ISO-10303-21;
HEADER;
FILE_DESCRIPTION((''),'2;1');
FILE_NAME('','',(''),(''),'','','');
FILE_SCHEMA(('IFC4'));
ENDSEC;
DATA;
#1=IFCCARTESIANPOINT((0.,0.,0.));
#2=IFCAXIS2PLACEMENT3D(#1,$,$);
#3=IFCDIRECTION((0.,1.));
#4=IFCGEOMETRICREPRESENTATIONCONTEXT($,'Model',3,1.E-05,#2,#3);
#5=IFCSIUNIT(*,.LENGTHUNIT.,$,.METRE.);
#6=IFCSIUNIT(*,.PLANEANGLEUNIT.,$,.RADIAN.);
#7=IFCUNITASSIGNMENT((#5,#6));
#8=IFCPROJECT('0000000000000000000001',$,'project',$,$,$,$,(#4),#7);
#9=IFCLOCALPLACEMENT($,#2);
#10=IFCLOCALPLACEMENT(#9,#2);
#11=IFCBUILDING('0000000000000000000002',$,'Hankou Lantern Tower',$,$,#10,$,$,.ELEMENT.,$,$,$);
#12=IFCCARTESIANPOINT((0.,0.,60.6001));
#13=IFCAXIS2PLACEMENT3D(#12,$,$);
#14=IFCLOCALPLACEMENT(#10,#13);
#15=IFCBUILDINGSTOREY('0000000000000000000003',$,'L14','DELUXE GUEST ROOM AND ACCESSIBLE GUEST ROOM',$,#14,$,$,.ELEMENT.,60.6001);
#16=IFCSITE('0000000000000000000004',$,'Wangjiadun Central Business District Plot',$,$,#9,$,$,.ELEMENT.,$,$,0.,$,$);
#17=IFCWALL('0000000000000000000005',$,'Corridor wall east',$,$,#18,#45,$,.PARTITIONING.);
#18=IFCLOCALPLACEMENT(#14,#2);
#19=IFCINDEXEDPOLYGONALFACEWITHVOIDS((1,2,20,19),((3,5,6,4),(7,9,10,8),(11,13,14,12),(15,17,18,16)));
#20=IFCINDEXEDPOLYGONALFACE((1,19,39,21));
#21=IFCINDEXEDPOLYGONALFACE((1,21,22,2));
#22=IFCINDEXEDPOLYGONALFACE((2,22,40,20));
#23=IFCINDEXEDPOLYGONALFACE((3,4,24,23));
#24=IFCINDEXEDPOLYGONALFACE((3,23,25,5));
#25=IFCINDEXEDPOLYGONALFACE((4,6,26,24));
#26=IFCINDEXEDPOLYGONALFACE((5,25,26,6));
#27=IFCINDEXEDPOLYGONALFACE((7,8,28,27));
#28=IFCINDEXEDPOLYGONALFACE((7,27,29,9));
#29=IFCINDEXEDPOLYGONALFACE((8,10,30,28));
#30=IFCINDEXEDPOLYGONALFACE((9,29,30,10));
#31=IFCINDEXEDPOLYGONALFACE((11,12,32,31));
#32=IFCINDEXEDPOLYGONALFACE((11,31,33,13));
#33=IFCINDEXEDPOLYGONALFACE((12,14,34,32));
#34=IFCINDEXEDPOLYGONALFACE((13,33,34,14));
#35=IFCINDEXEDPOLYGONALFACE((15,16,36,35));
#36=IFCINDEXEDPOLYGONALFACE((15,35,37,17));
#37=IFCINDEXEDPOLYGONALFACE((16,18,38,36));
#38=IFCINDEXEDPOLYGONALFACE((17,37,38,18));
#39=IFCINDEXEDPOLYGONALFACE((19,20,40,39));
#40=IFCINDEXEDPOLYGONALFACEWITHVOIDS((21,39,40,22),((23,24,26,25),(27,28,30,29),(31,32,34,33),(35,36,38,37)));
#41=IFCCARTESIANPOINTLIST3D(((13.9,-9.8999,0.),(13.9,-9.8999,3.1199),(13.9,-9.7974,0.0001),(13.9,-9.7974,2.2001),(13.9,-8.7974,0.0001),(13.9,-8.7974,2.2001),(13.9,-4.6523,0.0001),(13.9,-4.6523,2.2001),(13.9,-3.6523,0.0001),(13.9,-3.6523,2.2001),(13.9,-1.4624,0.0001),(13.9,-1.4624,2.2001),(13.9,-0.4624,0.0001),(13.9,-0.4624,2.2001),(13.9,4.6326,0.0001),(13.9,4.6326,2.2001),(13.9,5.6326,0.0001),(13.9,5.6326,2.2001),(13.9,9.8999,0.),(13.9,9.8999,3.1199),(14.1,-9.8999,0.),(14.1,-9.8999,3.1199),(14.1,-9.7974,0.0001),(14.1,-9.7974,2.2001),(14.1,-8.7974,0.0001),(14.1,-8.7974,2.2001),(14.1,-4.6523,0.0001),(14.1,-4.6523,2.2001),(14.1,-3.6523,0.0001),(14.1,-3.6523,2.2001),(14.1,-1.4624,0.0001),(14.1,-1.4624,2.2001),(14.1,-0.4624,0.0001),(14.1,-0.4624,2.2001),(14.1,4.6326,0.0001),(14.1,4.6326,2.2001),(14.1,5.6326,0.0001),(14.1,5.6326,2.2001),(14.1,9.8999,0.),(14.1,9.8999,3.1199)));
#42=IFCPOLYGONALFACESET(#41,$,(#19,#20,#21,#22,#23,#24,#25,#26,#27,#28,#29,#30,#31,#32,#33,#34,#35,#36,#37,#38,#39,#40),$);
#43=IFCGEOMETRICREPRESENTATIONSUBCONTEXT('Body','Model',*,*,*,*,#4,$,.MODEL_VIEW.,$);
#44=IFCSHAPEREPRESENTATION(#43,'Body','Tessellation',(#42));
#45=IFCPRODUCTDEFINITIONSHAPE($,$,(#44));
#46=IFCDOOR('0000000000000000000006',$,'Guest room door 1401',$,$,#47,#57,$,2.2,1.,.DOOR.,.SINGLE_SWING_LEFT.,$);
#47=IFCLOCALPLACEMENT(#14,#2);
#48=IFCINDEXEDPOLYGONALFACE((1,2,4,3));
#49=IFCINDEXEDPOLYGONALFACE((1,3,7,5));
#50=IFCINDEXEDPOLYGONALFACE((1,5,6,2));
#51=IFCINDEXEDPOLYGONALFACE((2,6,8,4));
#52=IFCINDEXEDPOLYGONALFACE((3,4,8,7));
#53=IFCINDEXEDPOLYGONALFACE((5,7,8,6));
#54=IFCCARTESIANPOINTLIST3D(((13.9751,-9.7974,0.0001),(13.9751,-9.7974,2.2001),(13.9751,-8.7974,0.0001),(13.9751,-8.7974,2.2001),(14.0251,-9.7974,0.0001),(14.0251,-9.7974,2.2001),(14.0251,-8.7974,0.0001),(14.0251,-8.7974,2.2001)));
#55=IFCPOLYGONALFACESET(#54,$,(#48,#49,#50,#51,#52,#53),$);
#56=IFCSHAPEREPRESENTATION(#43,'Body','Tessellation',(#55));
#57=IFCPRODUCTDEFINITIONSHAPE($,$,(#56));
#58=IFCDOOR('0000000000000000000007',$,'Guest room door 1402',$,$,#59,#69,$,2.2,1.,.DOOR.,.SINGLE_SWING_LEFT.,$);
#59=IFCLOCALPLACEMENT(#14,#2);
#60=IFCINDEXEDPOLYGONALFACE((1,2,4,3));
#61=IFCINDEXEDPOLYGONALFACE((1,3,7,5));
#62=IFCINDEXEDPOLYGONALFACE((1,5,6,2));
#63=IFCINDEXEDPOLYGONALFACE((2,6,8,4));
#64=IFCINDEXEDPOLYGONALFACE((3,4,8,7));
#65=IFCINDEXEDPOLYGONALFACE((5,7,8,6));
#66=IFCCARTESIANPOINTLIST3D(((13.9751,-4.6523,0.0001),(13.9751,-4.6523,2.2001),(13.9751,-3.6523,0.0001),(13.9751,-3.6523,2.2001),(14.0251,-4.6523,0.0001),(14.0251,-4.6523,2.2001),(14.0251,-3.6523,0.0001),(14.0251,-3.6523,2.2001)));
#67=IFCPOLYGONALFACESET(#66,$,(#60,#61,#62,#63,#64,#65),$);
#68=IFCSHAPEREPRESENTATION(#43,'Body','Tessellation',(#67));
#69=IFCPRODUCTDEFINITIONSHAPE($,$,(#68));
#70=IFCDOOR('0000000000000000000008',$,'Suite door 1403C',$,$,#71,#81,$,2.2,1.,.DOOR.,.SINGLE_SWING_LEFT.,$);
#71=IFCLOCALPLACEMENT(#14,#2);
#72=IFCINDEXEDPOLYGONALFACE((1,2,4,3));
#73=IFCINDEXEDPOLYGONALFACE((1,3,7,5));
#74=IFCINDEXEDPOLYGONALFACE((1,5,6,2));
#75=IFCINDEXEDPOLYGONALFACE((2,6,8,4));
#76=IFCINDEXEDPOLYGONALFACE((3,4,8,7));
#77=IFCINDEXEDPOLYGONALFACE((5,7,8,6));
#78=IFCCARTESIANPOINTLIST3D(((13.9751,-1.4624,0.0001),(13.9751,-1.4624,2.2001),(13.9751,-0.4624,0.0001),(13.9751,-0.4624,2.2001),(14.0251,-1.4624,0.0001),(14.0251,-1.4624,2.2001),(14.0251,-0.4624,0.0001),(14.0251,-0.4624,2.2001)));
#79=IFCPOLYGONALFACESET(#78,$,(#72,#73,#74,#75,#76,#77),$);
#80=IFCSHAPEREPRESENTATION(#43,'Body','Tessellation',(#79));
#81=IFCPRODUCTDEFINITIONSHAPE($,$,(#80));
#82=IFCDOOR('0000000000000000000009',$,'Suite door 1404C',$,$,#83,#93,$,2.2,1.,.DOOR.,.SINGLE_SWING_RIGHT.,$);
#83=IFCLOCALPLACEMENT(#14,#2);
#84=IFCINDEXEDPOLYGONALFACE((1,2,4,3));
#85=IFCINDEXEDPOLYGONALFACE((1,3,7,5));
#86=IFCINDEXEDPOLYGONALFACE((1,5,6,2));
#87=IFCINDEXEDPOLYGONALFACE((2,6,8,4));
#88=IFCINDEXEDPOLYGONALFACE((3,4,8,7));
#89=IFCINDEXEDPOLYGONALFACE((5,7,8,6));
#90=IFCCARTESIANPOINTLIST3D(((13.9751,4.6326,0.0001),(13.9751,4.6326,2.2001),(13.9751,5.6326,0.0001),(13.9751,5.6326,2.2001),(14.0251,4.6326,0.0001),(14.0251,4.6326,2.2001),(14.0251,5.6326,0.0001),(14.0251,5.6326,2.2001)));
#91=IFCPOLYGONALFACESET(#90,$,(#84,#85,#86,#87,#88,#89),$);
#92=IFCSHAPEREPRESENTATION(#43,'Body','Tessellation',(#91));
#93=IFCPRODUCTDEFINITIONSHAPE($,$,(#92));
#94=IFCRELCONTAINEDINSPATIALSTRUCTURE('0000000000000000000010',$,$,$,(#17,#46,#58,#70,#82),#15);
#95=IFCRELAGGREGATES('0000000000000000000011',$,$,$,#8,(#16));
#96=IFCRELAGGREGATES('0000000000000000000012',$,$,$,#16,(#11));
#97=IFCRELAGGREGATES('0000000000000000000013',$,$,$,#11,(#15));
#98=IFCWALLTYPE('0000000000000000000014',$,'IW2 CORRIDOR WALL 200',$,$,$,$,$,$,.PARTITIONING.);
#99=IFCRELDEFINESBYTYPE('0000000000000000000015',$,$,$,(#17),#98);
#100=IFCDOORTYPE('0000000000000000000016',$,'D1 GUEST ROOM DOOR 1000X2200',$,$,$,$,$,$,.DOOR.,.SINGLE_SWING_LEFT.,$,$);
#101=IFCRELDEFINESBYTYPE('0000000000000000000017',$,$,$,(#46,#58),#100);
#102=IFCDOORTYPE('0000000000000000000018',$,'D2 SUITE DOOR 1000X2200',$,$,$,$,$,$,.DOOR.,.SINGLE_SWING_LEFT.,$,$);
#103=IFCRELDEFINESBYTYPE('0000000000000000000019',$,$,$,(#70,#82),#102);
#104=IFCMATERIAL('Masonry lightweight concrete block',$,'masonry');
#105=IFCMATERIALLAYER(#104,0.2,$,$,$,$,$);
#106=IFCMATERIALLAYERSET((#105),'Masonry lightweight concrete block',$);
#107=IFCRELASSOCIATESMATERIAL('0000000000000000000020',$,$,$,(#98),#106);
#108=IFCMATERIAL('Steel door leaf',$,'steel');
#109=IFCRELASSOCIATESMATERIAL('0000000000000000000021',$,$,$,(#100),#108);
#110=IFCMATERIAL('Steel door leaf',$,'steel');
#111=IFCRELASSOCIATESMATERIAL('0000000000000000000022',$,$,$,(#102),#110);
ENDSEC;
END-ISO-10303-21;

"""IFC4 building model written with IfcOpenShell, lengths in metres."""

from ifc_helpers import new_model, si_unit, direction, frame, frame_2d, origin, place, context, subcontext, project, spatial, rectangle, extrude, material, layer, layer_set, type_object, element, fill, save


model = new_model("IFC4")

# Units and contexts
model_context = context("Model", 3, precision=1e-05, world=origin(), true_north=direction((0.0, 1.0)))
body_context = subcontext(model_context, "Body", "Model", "MODEL_VIEW")
ifc_project = project(units=[si_unit("LENGTHUNIT", "METRE"), si_unit("PLANEANGLEUNIT", "RADIAN")], contexts=[model_context])

# Site, building, storey
site_placement = place(None, origin())
site = spatial("IfcSite", under=ifc_project, at=site_placement, Name="Wangjiadun Central Business District Plot", CompositionType="ELEMENT", RefElevation=0.0)
building_placement = place(site_placement, origin())
building = spatial("IfcBuilding", under=site, at=building_placement, Name="Hankou Lantern Tower", CompositionType="ELEMENT")
storey_placement = place(building_placement, frame((0.0, 0.0, 60.6001)))
storey = spatial("IfcBuildingStorey", under=building, at=storey_placement, Name="L14", Description="DELUXE GUEST ROOM AND ACCESSIBLE GUEST ROOM", CompositionType="ELEMENT", Elevation=60.6001)

# Wall, openings, doors
ifc_material_1 = material(Name="Masonry lightweight concrete block", Category="masonry")
ifc_layer_1 = layer(ifc_material_1, 0.2)
ifc_layer_set_1 = layer_set([ifc_layer_1], Name="Masonry lightweight concrete block")
wall_type_1 = type_object("IfcWallType", Name="IW2 CORRIDOR WALL 200", PredefinedType="PARTITIONING", material=ifc_layer_set_1)
wall_1_placement = place(storey_placement, frame((14.0, -9.8999, 0.0), z_axis=(0.0, 0.0, 1.0), x_axis=(0.0, 1.0, 0.0)))
wall_1 = element("IfcWall", 1, at=wall_1_placement, inside=storey, type_object=wall_type_1, Name="Corridor wall east", PredefinedType="PARTITIONING", context=body_context, shape_type="SweptSolid", body=[
    extrude(rectangle(XDim=19.7998, YDim=0.2, at=frame_2d((9.8999, 0.0))), origin(), (0.0, 0.0, 1.0), 3.1199),
])
opening_1_placement = place(wall_1_placement, frame((0.1025, 0.0, 0.0)))
opening_1 = element("IfcOpeningElement", 2, at=opening_1_placement, cuts=wall_1, PredefinedType="OPENING", context=body_context, shape_type="SweptSolid", body=[
    extrude(rectangle(XDim=1.0, YDim=2.2, at=frame_2d((0.5, 1.1001))), frame((0.0, 0.1099, 0.0), z_axis=(0.0, -1.0, 0.0), x_axis=(1.0, 0.0, 0.0)), (0.0, 0.0, 1.0), 0.22),
])
opening_2_placement = place(wall_1_placement, frame((5.2476, 0.0, 0.0)))
opening_2 = element("IfcOpeningElement", 3, at=opening_2_placement, cuts=wall_1, PredefinedType="OPENING", context=body_context, shape_type="SweptSolid", body=[
    extrude(rectangle(XDim=1.0, YDim=2.2, at=frame_2d((0.5, 1.1001))), frame((0.0, 0.1099, 0.0), z_axis=(0.0, -1.0, 0.0), x_axis=(1.0, 0.0, 0.0)), (0.0, 0.0, 1.0), 0.22),
])
opening_3_placement = place(wall_1_placement, frame((8.4375, 0.0, 0.0)))
opening_3 = element("IfcOpeningElement", 4, at=opening_3_placement, cuts=wall_1, PredefinedType="OPENING", context=body_context, shape_type="SweptSolid", body=[
    extrude(rectangle(XDim=1.0, YDim=2.2, at=frame_2d((0.5, 1.1001))), frame((0.0, 0.1099, 0.0), z_axis=(0.0, -1.0, 0.0), x_axis=(1.0, 0.0, 0.0)), (0.0, 0.0, 1.0), 0.22),
])
opening_4_placement = place(wall_1_placement, frame((14.5325, 0.0, 0.0)))
opening_4 = element("IfcOpeningElement", 5, at=opening_4_placement, cuts=wall_1, PredefinedType="OPENING", context=body_context, shape_type="SweptSolid", body=[
    extrude(rectangle(XDim=1.0, YDim=2.2, at=frame_2d((0.5, 1.1001))), frame((0.0, 0.1099, 0.0), z_axis=(0.0, -1.0, 0.0), x_axis=(1.0, 0.0, 0.0)), (0.0, 0.0, 1.0), 0.22),
])
ifc_material_2 = material(Name="Steel door leaf", Category="steel")
door_type_1 = type_object("IfcDoorType", Name="D1 GUEST ROOM DOOR 1000X2200", OperationType="SINGLE_SWING_LEFT", PredefinedType="DOOR", material=ifc_material_2)
door_1_placement = place(opening_1_placement, origin())
door_1 = element("IfcDoor", 6, at=door_1_placement, inside=storey, type_object=door_type_1, Name="Guest room door 1401", OperationType="SINGLE_SWING_LEFT", OverallHeight=2.2, OverallWidth=1.0, PredefinedType="DOOR", context=body_context, shape_type="SweptSolid", body=[
    extrude(rectangle(XDim=1.0, YDim=2.2, at=frame_2d((0.5, 1.1001))), frame((0.0, 0.0249, 0.0), z_axis=(0.0, -1.0, 0.0), x_axis=(1.0, 0.0, 0.0)), (0.0, 0.0, 1.0), 0.05),
])
fill(opening_1, door_1)
door_2_placement = place(opening_2_placement, origin())
door_2 = element("IfcDoor", 7, at=door_2_placement, inside=storey, type_object=door_type_1, Name="Guest room door 1402", OperationType="SINGLE_SWING_LEFT", OverallHeight=2.2, OverallWidth=1.0, PredefinedType="DOOR", context=body_context, shape_type="SweptSolid", body=[
    extrude(rectangle(XDim=1.0, YDim=2.2, at=frame_2d((0.5, 1.1001))), frame((0.0, 0.0249, 0.0), z_axis=(0.0, -1.0, 0.0), x_axis=(1.0, 0.0, 0.0)), (0.0, 0.0, 1.0), 0.05),
])
fill(opening_2, door_2)
ifc_material_3 = material(Name="Steel door leaf", Category="steel")
door_type_2 = type_object("IfcDoorType", Name="D2 SUITE DOOR 1000X2200", OperationType="SINGLE_SWING_LEFT", PredefinedType="DOOR", material=ifc_material_3)
door_3_placement = place(opening_3_placement, origin())
door_3 = element("IfcDoor", 8, at=door_3_placement, inside=storey, type_object=door_type_2, Name="Suite door 1403C", OperationType="SINGLE_SWING_LEFT", OverallHeight=2.2, OverallWidth=1.0, PredefinedType="DOOR", context=body_context, shape_type="SweptSolid", body=[
    extrude(rectangle(XDim=1.0, YDim=2.2, at=frame_2d((0.5, 1.1001))), frame((0.0, 0.0249, 0.0), z_axis=(0.0, -1.0, 0.0), x_axis=(1.0, 0.0, 0.0)), (0.0, 0.0, 1.0), 0.05),
])
fill(opening_3, door_3)
door_4_placement = place(opening_4_placement, origin())
door_4 = element("IfcDoor", 9, at=door_4_placement, inside=storey, type_object=door_type_2, Name="Suite door 1404C", OperationType="SINGLE_SWING_RIGHT", OverallHeight=2.2, OverallWidth=1.0, PredefinedType="DOOR", context=body_context, shape_type="SweptSolid", body=[
    extrude(rectangle(XDim=1.0, YDim=2.2, at=frame_2d((0.5, 1.1001))), frame((0.0, 0.0249, 0.0), z_axis=(0.0, -1.0, 0.0), x_axis=(1.0, 0.0, 0.0)), (0.0, 0.0, 1.0), 0.05),
])
fill(opening_4, door_4)

save(model, "model.ifc")
